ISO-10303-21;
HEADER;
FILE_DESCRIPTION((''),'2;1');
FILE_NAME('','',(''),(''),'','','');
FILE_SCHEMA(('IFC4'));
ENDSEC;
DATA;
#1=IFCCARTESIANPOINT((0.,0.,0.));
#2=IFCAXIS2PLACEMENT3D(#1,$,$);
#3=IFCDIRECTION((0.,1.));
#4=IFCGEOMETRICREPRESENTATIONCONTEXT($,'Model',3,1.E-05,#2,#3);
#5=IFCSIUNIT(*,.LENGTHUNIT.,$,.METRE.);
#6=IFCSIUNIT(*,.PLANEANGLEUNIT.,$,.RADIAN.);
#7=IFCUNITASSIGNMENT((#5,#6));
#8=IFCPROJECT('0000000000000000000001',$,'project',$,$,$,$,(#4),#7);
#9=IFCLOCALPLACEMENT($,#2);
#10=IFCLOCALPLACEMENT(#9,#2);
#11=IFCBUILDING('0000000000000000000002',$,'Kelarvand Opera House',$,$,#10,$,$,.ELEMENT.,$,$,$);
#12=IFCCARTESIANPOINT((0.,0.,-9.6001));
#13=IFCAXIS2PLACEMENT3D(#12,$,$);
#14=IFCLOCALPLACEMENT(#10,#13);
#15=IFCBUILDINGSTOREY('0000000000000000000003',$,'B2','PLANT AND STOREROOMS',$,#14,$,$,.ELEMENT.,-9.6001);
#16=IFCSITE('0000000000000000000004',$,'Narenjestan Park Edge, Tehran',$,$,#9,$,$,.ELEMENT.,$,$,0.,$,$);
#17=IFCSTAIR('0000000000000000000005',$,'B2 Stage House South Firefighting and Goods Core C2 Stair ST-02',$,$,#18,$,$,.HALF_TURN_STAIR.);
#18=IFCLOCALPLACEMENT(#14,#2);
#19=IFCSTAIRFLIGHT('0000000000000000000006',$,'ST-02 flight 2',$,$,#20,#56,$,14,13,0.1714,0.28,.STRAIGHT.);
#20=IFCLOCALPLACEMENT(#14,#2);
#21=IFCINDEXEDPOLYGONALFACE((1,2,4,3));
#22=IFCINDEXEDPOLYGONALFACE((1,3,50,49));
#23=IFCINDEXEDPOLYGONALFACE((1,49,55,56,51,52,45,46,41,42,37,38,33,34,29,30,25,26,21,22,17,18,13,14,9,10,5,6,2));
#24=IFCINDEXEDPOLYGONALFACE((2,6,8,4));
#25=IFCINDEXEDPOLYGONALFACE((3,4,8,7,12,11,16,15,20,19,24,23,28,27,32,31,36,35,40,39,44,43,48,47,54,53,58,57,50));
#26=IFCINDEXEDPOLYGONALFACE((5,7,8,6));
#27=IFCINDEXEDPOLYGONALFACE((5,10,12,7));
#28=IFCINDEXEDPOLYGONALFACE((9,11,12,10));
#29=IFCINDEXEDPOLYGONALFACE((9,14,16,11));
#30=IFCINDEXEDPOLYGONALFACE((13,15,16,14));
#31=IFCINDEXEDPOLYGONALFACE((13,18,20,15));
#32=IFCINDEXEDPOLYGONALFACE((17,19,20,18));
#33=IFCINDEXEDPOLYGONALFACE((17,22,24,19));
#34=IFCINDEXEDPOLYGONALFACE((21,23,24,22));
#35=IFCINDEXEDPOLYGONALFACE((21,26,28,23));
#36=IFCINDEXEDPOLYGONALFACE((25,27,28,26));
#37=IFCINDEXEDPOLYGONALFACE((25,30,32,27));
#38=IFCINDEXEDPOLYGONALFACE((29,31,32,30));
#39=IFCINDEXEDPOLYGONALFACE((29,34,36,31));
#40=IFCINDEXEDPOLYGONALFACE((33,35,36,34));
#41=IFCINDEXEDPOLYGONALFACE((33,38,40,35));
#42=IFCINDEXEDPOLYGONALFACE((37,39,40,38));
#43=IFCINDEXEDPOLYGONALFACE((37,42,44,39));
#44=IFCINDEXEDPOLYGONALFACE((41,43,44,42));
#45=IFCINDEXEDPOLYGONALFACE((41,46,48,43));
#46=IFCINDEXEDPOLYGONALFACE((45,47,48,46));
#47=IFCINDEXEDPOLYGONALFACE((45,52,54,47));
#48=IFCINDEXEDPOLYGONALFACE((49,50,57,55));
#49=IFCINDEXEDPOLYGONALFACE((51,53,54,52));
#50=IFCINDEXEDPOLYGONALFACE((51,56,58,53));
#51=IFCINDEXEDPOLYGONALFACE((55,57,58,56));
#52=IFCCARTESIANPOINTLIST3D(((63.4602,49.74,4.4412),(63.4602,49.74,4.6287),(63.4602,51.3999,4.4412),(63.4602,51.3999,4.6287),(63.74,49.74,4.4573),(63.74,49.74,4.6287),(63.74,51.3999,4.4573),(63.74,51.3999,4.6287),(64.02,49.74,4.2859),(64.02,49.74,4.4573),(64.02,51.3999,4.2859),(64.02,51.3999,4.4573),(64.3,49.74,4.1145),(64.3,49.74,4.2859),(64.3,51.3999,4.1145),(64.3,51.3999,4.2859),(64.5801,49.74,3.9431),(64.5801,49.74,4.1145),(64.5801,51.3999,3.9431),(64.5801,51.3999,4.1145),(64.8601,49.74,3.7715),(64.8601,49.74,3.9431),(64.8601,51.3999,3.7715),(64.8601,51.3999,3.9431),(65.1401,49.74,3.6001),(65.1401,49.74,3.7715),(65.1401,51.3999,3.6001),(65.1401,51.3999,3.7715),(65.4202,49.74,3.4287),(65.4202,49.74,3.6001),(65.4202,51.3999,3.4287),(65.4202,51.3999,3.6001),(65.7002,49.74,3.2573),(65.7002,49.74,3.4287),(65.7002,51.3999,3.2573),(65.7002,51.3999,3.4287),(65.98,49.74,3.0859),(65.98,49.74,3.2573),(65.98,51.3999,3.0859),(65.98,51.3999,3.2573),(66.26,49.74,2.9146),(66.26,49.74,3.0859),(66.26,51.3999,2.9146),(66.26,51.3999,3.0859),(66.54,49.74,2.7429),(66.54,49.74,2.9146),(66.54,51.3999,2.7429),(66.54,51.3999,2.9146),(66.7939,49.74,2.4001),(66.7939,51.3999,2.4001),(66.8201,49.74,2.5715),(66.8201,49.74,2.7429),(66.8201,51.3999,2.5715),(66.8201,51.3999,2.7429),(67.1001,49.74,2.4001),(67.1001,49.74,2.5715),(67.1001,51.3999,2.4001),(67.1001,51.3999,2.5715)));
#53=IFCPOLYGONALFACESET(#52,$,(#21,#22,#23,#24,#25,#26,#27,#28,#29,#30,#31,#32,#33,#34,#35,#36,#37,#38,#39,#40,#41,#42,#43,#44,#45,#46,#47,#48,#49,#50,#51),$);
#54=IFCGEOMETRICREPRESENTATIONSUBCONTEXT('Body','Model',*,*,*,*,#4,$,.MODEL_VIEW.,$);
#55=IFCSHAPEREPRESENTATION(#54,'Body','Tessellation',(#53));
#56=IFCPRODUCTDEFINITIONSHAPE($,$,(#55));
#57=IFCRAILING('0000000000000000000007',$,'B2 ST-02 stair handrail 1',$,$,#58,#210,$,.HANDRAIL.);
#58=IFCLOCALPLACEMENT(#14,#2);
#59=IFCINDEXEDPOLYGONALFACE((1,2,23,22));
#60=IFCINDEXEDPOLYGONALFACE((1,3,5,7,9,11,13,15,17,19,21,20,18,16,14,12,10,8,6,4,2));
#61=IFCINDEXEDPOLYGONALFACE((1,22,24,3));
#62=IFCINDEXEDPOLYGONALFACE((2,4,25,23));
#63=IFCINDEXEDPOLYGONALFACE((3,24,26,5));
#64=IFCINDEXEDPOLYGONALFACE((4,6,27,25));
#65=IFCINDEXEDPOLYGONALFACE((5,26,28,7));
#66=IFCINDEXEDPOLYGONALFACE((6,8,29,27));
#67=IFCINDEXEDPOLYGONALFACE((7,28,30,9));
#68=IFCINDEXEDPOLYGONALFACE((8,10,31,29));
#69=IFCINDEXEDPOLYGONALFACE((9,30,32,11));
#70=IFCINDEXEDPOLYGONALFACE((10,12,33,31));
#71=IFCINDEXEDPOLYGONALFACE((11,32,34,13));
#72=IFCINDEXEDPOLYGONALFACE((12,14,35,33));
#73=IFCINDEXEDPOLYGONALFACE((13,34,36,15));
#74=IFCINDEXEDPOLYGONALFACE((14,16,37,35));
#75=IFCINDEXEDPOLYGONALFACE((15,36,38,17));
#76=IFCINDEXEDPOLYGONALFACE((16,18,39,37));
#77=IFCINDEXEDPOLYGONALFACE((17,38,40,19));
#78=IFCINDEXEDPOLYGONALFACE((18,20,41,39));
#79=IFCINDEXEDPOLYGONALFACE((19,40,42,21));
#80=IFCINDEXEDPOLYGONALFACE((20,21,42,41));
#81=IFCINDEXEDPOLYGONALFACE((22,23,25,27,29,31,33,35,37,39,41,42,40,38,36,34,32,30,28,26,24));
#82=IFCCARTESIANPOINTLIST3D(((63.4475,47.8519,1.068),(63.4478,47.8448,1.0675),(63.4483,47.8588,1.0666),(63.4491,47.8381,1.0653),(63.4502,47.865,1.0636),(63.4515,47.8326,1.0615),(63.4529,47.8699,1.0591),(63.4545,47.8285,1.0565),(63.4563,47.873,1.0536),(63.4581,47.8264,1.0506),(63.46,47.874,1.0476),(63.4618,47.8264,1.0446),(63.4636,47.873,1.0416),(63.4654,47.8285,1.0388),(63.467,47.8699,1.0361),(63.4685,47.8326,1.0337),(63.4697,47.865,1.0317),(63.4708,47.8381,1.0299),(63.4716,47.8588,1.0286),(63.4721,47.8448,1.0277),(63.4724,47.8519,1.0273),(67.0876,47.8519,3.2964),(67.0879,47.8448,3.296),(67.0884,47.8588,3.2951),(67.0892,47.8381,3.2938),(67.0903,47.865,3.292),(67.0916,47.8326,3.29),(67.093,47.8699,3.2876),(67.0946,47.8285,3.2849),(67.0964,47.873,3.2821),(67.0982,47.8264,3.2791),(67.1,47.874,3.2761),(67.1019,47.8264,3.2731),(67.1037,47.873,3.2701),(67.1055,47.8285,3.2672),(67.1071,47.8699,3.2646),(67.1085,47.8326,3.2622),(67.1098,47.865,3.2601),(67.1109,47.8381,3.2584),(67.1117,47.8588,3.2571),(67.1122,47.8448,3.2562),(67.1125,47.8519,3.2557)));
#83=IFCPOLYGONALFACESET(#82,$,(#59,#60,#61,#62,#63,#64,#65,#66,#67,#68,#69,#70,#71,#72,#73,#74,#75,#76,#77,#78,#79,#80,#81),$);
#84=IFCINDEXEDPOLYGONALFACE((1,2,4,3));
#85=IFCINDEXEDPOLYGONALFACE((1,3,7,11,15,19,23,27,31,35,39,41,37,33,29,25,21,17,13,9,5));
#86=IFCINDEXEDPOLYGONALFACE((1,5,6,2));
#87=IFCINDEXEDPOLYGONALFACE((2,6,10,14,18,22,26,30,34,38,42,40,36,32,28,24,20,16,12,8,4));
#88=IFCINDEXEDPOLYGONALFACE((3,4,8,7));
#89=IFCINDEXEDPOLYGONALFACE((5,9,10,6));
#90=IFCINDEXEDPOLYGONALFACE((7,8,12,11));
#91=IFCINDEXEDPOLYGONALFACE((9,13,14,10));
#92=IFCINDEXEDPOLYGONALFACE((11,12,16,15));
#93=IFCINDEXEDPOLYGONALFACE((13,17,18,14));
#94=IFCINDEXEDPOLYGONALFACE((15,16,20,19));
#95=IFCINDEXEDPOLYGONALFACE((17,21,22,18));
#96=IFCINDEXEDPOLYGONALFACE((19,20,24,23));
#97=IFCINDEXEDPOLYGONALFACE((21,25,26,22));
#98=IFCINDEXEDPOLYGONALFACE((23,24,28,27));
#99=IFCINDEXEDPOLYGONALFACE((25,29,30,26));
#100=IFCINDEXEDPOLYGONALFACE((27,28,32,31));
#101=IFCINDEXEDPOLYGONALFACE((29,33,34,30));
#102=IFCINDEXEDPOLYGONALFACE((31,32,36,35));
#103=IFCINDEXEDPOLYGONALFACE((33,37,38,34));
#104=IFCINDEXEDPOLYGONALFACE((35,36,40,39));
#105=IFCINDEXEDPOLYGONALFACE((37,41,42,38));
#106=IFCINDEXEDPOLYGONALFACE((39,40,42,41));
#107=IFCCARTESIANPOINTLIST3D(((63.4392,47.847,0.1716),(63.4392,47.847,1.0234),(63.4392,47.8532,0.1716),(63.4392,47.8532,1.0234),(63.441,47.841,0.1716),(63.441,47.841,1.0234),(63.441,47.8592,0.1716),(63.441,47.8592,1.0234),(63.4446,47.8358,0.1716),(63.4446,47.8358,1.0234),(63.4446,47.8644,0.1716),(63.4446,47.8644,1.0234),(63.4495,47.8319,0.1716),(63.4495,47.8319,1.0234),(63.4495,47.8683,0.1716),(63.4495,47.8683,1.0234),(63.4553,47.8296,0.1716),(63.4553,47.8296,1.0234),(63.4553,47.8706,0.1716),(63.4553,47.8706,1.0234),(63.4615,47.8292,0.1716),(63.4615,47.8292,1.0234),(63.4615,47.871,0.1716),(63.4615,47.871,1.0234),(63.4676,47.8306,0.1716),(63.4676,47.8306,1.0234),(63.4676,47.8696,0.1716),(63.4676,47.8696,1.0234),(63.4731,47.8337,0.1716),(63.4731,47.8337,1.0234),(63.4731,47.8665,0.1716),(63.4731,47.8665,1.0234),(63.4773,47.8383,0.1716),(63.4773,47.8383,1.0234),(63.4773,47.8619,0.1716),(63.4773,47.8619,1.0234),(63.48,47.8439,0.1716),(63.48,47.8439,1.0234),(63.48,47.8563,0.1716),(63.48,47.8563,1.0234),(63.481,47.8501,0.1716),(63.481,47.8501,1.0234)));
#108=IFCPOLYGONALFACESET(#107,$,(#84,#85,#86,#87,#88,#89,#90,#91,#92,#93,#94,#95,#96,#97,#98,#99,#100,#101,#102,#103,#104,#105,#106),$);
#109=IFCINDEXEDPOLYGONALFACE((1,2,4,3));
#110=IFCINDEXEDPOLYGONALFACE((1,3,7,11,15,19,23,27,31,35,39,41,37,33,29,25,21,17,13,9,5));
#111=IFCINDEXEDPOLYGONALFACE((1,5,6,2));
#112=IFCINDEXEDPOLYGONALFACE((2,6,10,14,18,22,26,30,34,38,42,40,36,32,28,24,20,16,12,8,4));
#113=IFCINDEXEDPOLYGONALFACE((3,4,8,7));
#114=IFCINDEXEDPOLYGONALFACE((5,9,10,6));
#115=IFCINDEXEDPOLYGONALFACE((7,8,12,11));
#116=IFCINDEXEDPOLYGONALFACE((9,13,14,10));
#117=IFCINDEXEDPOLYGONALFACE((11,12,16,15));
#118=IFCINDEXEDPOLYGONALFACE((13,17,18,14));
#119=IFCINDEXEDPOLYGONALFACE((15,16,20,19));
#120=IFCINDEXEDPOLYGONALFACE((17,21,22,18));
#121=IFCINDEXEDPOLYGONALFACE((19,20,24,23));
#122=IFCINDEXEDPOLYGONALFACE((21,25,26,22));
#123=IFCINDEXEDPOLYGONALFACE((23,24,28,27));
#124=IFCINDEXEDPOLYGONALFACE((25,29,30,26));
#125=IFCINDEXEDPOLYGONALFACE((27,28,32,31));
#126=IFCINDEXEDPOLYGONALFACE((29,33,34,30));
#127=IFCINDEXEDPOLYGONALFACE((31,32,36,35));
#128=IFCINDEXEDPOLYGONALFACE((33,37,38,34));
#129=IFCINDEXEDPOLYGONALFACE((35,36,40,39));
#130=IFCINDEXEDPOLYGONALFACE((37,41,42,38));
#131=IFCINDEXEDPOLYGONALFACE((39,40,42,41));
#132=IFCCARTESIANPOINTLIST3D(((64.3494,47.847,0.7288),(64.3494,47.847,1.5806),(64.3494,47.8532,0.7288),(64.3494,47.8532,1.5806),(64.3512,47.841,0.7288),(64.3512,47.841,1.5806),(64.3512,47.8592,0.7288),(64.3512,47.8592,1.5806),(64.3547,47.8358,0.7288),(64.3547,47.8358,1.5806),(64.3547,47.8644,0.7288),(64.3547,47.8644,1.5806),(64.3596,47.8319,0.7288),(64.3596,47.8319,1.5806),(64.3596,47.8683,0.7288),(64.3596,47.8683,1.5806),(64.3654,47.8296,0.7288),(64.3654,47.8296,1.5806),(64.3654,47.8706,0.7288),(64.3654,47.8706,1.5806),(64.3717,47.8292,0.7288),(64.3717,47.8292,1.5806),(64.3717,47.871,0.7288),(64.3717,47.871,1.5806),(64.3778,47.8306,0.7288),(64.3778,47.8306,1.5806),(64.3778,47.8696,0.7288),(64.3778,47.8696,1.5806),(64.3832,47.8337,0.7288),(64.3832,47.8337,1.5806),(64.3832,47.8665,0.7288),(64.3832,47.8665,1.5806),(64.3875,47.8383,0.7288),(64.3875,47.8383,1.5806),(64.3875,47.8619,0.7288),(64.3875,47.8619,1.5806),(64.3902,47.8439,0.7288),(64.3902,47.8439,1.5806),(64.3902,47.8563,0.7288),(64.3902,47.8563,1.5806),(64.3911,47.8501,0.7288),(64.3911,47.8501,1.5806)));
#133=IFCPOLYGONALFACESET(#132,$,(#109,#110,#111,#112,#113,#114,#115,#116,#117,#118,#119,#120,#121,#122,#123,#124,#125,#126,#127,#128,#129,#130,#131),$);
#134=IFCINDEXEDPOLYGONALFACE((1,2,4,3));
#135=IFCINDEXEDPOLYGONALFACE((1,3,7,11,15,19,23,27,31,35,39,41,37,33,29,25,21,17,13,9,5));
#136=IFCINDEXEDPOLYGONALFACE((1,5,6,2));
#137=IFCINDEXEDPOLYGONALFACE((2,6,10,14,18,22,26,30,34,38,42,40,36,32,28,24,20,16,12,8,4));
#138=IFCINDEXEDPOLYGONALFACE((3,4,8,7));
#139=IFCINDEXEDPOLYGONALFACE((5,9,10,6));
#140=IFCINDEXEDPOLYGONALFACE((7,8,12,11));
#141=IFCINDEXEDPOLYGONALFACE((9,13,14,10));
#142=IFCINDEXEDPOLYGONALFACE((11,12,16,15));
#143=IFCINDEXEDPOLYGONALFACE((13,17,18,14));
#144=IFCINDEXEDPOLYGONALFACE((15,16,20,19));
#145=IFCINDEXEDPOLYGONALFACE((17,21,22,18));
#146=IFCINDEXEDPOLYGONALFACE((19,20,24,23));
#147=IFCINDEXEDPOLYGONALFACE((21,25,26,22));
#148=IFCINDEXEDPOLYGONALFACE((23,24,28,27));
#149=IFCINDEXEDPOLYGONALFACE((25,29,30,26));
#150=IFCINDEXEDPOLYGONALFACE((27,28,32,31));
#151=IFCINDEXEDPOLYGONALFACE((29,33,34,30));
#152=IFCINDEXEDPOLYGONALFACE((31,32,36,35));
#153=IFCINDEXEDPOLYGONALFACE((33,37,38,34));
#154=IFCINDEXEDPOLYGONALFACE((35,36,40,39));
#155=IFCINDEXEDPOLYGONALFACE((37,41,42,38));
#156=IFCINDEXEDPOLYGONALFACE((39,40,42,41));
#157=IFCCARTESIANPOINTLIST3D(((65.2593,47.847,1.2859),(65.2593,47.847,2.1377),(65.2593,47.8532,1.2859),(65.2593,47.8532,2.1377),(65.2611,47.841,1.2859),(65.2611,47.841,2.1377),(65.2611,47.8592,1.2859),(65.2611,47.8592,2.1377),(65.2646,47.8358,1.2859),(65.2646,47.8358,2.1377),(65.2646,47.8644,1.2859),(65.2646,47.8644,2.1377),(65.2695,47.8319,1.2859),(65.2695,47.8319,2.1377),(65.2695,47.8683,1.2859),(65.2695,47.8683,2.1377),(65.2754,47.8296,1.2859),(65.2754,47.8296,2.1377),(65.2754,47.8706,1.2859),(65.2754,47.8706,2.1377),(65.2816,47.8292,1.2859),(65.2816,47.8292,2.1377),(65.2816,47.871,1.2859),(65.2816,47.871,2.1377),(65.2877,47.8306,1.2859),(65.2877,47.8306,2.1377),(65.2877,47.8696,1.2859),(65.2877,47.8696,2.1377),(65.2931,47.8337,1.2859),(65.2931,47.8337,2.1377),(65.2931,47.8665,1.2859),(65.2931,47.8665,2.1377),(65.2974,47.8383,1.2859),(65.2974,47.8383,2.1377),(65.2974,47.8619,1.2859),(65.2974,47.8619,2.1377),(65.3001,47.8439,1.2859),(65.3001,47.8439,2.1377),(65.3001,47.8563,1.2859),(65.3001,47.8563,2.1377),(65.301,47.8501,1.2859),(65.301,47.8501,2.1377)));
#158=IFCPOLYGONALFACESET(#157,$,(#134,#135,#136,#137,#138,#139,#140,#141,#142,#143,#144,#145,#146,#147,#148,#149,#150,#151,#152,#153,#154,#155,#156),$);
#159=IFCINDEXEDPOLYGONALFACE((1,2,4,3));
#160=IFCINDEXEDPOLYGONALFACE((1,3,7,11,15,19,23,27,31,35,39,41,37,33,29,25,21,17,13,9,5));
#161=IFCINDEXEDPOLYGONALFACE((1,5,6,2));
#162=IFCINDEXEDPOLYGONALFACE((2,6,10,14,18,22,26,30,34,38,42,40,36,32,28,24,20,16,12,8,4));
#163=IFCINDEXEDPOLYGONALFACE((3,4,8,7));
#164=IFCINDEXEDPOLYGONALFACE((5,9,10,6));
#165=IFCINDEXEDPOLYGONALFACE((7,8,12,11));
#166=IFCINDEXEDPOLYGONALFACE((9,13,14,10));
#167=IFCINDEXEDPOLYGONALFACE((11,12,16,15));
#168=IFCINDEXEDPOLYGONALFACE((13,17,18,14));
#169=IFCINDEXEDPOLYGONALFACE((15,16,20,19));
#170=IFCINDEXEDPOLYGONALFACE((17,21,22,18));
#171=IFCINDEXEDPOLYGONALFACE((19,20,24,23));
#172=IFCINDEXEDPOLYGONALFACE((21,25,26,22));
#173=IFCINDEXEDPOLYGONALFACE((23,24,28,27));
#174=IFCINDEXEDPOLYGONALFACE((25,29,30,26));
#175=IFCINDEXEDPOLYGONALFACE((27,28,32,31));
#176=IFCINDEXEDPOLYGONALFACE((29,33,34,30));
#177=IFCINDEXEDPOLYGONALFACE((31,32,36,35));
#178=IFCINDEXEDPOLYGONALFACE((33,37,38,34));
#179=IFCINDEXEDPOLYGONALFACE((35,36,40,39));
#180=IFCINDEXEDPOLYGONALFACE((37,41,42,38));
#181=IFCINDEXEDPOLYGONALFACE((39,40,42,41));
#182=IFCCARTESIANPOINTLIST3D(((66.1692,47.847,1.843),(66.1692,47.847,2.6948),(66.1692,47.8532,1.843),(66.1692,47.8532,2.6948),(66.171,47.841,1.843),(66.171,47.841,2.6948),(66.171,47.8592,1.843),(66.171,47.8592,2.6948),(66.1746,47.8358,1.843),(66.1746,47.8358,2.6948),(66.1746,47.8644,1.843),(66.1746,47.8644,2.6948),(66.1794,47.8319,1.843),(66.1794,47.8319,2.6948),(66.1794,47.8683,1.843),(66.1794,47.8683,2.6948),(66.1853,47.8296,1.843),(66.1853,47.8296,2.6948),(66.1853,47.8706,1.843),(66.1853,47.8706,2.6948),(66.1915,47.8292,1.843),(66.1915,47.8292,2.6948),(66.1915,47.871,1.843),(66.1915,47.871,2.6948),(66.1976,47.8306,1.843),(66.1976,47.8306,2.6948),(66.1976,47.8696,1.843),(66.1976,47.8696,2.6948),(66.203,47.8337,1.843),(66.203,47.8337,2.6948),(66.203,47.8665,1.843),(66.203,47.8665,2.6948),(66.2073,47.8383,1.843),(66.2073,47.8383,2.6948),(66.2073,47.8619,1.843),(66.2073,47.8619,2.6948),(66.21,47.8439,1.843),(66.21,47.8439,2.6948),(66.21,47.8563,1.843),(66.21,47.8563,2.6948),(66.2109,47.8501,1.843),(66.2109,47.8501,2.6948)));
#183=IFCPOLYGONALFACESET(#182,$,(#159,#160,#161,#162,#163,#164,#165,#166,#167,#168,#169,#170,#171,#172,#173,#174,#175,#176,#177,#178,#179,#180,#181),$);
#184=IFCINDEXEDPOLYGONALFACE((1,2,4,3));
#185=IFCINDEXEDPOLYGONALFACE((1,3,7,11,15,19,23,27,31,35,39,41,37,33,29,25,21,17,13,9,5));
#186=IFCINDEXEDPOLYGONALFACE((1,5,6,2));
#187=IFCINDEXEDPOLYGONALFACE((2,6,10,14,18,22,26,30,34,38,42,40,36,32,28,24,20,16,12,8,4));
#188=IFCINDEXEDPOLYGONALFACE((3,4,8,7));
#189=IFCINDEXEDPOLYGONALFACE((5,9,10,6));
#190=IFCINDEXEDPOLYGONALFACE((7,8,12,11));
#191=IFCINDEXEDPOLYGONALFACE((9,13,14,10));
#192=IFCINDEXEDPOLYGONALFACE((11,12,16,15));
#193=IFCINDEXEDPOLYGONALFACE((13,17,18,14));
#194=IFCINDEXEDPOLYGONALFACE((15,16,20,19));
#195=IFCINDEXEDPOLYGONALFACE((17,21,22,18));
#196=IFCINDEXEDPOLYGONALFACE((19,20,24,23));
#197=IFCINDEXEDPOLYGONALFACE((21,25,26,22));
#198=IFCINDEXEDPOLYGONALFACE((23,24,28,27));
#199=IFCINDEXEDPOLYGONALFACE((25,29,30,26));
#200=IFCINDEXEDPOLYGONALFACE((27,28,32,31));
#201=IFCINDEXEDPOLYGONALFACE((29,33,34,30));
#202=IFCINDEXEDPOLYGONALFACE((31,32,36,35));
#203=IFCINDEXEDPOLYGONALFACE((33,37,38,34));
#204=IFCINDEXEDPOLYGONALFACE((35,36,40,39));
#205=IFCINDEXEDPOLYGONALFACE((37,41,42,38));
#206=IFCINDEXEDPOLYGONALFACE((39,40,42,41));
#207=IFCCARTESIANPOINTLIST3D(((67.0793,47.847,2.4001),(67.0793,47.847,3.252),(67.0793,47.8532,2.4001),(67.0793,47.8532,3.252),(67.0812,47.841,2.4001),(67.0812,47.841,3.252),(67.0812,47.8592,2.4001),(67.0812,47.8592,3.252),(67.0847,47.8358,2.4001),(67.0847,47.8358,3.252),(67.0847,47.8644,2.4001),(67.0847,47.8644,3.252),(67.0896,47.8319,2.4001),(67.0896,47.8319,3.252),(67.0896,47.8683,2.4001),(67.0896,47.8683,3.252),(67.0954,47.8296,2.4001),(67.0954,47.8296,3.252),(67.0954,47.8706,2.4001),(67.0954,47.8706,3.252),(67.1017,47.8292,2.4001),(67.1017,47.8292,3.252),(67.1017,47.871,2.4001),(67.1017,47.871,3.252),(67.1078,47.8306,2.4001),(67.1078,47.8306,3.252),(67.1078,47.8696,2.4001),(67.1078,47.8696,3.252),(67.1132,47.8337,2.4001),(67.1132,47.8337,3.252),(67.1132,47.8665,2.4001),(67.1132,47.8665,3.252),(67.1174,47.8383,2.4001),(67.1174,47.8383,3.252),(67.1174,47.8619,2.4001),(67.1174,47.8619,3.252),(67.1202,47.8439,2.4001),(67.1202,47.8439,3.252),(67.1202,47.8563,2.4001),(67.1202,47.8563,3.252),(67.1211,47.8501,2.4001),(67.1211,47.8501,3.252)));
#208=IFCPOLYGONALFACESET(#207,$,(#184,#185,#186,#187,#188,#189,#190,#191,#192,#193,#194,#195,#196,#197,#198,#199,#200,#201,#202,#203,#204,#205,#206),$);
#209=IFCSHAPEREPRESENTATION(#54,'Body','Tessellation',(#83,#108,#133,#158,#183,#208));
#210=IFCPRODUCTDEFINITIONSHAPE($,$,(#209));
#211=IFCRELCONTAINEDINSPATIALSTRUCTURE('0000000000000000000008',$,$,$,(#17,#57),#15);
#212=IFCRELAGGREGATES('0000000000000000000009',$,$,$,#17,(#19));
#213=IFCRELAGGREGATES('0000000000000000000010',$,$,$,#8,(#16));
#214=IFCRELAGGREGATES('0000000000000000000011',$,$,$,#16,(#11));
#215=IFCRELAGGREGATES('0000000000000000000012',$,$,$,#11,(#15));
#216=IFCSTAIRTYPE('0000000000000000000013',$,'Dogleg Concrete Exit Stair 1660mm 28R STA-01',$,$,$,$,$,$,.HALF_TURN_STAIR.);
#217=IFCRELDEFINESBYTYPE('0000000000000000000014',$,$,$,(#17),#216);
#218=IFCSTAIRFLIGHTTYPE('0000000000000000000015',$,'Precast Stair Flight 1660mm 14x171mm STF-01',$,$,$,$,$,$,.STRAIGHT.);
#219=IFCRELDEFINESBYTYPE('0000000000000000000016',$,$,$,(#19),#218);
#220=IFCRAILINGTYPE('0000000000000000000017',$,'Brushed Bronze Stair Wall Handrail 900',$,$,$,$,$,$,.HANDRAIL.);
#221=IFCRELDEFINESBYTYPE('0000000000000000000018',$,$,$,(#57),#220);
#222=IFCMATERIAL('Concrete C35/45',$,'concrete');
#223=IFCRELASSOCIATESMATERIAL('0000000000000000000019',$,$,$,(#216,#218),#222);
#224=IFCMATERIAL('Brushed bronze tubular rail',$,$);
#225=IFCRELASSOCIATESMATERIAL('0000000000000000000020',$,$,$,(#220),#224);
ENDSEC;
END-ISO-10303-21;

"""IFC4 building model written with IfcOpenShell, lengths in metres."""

from ifc_helpers import new_model, si_unit, direction, frame, origin, origin_2d, place, context, subcontext, project, spatial, polyline, circle, outline, extrude, material, type_object, element, aggregate, save


model = new_model("IFC4")

# Units and contexts
model_context = context("Model", 3, precision=1e-05, world=origin(), true_north=direction((0.0, 1.0)))
body_context = subcontext(model_context, "Body", "Model", "MODEL_VIEW")
ifc_project = project(units=[si_unit("LENGTHUNIT", "METRE"), si_unit("PLANEANGLEUNIT", "RADIAN")], contexts=[model_context])

# Site, building, storey
site_placement = place(None, origin())
site = spatial("IfcSite", under=ifc_project, at=site_placement, Name="Narenjestan Park Edge, Tehran", CompositionType="ELEMENT", RefElevation=0.0)
building_placement = place(site_placement, origin())
building = spatial("IfcBuilding", under=site, at=building_placement, Name="Kelarvand Opera House", CompositionType="ELEMENT")
storey_placement = place(building_placement, frame((0.0, 0.0, -9.6001)))
storey = spatial("IfcBuildingStorey", under=building, at=storey_placement, Name="B2", Description="PLANT AND STOREROOMS", CompositionType="ELEMENT", Elevation=-9.6001)

# Shared definitions
ifc_material_1 = material(Name="Concrete C35/45", Category="concrete")

# Stair, stair flight
stair_type = type_object("IfcStairType", Name="Dogleg Concrete Exit Stair 1660mm 28R STA-01", PredefinedType="HALF_TURN_STAIR", material=ifc_material_1)
stair_placement = place(storey_placement, origin())
stair = element("IfcStair", 1, at=stair_placement, inside=storey, type_object=stair_type, Name="B2 Stage House South Firefighting and Goods Core C2 Stair ST-02", PredefinedType="HALF_TURN_STAIR")
stair_flight_type = type_object("IfcStairFlightType", Name="Precast Stair Flight 1660mm 14x171mm STF-01", PredefinedType="STRAIGHT", material=ifc_material_1)
stair_flight_1_placement = place(storey_placement, frame((67.1001, 50.5701, 2.4001), z_axis=(0.0, 0.0, 1.0), x_axis=(-1.0, 0.0, 0.0)))
stair_flight_1 = element("IfcStairFlight", 2, at=stair_flight_1_placement, type_object=stair_flight_type, Name="ST-02 flight 2", NumberOfRisers=14, NumberOfTreads=13, PredefinedType="STRAIGHT", RiserHeight=0.1714, TreadLength=0.28, context=body_context, shape_type="SweptSolid", body=[
    extrude(outline(polyline([(0.0, 0.0), (0.0, 0.1714), (0.28, 0.1714), (0.28, 0.3428), (0.5601, 0.3428), (0.5601, 0.5144), (0.8401, 0.5144), (0.8401, 0.6858), (1.1201, 0.6858), (1.1201, 0.8572), (1.3999, 0.8572), (1.3999, 1.0286), (1.6799, 1.0286), (1.6799, 1.2), (1.96, 1.2), (1.96, 1.3713), (2.24, 1.3713), (2.24, 1.543), (2.52, 1.543), (2.52, 1.7144), (2.8, 1.7144), (2.8, 1.8857), (3.0801, 1.8857), (3.0801, 2.0571), (3.3601, 2.0571), (3.3601, 2.2285), (3.6399, 2.2285), (3.6399, 2.3999), (3.6399, 2.041), (0.3062, 0.0), (0.0, 0.0)])), frame((0.0, 0.8301, 0.0), z_axis=(0.0, -1.0, 0.0), x_axis=(1.0, 0.0, 0.0)), (0.0, 0.0, 1.0), 1.6599),
])
aggregate(stair, [stair_flight_1])

# Railing
ifc_material_2 = material(Name="Brushed bronze tubular rail")
railing_type_1 = type_object("IfcRailingType", Name="Brushed Bronze Stair Wall Handrail 900", PredefinedType="HANDRAIL", material=ifc_material_2)
railing_1_placement = place(storey_placement, frame((63.46, 47.8501, 0.1716)))
element("IfcRailing", 3, at=railing_1_placement, inside=storey, type_object=railing_type_1, Name="B2 ST-02 stair handrail 1", PredefinedType="HANDRAIL", context=body_context, shape_type="SweptSolid", body=[
    extrude(circle(Radius=0.0239, at=origin_2d()), frame((0.0, 0.0, 0.876), z_axis=(0.852866, 0.0, 0.52213), x_axis=(0.0, 1.0, 0.0)), (0.0, 0.0, 1.0), 4.2681),
    extrude(circle(Radius=0.021, at=origin_2d()), origin(), (0.0, 0.0, 1.0), 0.8518),
    extrude(circle(Radius=0.021, at=origin_2d()), frame((0.9102, 0.0, 0.5571)), (0.0, 0.0, 1.0), 0.8518),
    extrude(circle(Radius=0.021, at=origin_2d()), frame((1.8201, 0.0, 1.1143)), (0.0, 0.0, 1.0), 0.8518),
    extrude(circle(Radius=0.021, at=origin_2d()), frame((2.73, 0.0, 1.6714)), (0.0, 0.0, 1.0), 0.8518),
    extrude(circle(Radius=0.021, at=origin_2d()), frame((3.6401, 0.0, 2.2285)), (0.0, 0.0, 1.0), 0.8518),
])

save(model, "model.ifc")
